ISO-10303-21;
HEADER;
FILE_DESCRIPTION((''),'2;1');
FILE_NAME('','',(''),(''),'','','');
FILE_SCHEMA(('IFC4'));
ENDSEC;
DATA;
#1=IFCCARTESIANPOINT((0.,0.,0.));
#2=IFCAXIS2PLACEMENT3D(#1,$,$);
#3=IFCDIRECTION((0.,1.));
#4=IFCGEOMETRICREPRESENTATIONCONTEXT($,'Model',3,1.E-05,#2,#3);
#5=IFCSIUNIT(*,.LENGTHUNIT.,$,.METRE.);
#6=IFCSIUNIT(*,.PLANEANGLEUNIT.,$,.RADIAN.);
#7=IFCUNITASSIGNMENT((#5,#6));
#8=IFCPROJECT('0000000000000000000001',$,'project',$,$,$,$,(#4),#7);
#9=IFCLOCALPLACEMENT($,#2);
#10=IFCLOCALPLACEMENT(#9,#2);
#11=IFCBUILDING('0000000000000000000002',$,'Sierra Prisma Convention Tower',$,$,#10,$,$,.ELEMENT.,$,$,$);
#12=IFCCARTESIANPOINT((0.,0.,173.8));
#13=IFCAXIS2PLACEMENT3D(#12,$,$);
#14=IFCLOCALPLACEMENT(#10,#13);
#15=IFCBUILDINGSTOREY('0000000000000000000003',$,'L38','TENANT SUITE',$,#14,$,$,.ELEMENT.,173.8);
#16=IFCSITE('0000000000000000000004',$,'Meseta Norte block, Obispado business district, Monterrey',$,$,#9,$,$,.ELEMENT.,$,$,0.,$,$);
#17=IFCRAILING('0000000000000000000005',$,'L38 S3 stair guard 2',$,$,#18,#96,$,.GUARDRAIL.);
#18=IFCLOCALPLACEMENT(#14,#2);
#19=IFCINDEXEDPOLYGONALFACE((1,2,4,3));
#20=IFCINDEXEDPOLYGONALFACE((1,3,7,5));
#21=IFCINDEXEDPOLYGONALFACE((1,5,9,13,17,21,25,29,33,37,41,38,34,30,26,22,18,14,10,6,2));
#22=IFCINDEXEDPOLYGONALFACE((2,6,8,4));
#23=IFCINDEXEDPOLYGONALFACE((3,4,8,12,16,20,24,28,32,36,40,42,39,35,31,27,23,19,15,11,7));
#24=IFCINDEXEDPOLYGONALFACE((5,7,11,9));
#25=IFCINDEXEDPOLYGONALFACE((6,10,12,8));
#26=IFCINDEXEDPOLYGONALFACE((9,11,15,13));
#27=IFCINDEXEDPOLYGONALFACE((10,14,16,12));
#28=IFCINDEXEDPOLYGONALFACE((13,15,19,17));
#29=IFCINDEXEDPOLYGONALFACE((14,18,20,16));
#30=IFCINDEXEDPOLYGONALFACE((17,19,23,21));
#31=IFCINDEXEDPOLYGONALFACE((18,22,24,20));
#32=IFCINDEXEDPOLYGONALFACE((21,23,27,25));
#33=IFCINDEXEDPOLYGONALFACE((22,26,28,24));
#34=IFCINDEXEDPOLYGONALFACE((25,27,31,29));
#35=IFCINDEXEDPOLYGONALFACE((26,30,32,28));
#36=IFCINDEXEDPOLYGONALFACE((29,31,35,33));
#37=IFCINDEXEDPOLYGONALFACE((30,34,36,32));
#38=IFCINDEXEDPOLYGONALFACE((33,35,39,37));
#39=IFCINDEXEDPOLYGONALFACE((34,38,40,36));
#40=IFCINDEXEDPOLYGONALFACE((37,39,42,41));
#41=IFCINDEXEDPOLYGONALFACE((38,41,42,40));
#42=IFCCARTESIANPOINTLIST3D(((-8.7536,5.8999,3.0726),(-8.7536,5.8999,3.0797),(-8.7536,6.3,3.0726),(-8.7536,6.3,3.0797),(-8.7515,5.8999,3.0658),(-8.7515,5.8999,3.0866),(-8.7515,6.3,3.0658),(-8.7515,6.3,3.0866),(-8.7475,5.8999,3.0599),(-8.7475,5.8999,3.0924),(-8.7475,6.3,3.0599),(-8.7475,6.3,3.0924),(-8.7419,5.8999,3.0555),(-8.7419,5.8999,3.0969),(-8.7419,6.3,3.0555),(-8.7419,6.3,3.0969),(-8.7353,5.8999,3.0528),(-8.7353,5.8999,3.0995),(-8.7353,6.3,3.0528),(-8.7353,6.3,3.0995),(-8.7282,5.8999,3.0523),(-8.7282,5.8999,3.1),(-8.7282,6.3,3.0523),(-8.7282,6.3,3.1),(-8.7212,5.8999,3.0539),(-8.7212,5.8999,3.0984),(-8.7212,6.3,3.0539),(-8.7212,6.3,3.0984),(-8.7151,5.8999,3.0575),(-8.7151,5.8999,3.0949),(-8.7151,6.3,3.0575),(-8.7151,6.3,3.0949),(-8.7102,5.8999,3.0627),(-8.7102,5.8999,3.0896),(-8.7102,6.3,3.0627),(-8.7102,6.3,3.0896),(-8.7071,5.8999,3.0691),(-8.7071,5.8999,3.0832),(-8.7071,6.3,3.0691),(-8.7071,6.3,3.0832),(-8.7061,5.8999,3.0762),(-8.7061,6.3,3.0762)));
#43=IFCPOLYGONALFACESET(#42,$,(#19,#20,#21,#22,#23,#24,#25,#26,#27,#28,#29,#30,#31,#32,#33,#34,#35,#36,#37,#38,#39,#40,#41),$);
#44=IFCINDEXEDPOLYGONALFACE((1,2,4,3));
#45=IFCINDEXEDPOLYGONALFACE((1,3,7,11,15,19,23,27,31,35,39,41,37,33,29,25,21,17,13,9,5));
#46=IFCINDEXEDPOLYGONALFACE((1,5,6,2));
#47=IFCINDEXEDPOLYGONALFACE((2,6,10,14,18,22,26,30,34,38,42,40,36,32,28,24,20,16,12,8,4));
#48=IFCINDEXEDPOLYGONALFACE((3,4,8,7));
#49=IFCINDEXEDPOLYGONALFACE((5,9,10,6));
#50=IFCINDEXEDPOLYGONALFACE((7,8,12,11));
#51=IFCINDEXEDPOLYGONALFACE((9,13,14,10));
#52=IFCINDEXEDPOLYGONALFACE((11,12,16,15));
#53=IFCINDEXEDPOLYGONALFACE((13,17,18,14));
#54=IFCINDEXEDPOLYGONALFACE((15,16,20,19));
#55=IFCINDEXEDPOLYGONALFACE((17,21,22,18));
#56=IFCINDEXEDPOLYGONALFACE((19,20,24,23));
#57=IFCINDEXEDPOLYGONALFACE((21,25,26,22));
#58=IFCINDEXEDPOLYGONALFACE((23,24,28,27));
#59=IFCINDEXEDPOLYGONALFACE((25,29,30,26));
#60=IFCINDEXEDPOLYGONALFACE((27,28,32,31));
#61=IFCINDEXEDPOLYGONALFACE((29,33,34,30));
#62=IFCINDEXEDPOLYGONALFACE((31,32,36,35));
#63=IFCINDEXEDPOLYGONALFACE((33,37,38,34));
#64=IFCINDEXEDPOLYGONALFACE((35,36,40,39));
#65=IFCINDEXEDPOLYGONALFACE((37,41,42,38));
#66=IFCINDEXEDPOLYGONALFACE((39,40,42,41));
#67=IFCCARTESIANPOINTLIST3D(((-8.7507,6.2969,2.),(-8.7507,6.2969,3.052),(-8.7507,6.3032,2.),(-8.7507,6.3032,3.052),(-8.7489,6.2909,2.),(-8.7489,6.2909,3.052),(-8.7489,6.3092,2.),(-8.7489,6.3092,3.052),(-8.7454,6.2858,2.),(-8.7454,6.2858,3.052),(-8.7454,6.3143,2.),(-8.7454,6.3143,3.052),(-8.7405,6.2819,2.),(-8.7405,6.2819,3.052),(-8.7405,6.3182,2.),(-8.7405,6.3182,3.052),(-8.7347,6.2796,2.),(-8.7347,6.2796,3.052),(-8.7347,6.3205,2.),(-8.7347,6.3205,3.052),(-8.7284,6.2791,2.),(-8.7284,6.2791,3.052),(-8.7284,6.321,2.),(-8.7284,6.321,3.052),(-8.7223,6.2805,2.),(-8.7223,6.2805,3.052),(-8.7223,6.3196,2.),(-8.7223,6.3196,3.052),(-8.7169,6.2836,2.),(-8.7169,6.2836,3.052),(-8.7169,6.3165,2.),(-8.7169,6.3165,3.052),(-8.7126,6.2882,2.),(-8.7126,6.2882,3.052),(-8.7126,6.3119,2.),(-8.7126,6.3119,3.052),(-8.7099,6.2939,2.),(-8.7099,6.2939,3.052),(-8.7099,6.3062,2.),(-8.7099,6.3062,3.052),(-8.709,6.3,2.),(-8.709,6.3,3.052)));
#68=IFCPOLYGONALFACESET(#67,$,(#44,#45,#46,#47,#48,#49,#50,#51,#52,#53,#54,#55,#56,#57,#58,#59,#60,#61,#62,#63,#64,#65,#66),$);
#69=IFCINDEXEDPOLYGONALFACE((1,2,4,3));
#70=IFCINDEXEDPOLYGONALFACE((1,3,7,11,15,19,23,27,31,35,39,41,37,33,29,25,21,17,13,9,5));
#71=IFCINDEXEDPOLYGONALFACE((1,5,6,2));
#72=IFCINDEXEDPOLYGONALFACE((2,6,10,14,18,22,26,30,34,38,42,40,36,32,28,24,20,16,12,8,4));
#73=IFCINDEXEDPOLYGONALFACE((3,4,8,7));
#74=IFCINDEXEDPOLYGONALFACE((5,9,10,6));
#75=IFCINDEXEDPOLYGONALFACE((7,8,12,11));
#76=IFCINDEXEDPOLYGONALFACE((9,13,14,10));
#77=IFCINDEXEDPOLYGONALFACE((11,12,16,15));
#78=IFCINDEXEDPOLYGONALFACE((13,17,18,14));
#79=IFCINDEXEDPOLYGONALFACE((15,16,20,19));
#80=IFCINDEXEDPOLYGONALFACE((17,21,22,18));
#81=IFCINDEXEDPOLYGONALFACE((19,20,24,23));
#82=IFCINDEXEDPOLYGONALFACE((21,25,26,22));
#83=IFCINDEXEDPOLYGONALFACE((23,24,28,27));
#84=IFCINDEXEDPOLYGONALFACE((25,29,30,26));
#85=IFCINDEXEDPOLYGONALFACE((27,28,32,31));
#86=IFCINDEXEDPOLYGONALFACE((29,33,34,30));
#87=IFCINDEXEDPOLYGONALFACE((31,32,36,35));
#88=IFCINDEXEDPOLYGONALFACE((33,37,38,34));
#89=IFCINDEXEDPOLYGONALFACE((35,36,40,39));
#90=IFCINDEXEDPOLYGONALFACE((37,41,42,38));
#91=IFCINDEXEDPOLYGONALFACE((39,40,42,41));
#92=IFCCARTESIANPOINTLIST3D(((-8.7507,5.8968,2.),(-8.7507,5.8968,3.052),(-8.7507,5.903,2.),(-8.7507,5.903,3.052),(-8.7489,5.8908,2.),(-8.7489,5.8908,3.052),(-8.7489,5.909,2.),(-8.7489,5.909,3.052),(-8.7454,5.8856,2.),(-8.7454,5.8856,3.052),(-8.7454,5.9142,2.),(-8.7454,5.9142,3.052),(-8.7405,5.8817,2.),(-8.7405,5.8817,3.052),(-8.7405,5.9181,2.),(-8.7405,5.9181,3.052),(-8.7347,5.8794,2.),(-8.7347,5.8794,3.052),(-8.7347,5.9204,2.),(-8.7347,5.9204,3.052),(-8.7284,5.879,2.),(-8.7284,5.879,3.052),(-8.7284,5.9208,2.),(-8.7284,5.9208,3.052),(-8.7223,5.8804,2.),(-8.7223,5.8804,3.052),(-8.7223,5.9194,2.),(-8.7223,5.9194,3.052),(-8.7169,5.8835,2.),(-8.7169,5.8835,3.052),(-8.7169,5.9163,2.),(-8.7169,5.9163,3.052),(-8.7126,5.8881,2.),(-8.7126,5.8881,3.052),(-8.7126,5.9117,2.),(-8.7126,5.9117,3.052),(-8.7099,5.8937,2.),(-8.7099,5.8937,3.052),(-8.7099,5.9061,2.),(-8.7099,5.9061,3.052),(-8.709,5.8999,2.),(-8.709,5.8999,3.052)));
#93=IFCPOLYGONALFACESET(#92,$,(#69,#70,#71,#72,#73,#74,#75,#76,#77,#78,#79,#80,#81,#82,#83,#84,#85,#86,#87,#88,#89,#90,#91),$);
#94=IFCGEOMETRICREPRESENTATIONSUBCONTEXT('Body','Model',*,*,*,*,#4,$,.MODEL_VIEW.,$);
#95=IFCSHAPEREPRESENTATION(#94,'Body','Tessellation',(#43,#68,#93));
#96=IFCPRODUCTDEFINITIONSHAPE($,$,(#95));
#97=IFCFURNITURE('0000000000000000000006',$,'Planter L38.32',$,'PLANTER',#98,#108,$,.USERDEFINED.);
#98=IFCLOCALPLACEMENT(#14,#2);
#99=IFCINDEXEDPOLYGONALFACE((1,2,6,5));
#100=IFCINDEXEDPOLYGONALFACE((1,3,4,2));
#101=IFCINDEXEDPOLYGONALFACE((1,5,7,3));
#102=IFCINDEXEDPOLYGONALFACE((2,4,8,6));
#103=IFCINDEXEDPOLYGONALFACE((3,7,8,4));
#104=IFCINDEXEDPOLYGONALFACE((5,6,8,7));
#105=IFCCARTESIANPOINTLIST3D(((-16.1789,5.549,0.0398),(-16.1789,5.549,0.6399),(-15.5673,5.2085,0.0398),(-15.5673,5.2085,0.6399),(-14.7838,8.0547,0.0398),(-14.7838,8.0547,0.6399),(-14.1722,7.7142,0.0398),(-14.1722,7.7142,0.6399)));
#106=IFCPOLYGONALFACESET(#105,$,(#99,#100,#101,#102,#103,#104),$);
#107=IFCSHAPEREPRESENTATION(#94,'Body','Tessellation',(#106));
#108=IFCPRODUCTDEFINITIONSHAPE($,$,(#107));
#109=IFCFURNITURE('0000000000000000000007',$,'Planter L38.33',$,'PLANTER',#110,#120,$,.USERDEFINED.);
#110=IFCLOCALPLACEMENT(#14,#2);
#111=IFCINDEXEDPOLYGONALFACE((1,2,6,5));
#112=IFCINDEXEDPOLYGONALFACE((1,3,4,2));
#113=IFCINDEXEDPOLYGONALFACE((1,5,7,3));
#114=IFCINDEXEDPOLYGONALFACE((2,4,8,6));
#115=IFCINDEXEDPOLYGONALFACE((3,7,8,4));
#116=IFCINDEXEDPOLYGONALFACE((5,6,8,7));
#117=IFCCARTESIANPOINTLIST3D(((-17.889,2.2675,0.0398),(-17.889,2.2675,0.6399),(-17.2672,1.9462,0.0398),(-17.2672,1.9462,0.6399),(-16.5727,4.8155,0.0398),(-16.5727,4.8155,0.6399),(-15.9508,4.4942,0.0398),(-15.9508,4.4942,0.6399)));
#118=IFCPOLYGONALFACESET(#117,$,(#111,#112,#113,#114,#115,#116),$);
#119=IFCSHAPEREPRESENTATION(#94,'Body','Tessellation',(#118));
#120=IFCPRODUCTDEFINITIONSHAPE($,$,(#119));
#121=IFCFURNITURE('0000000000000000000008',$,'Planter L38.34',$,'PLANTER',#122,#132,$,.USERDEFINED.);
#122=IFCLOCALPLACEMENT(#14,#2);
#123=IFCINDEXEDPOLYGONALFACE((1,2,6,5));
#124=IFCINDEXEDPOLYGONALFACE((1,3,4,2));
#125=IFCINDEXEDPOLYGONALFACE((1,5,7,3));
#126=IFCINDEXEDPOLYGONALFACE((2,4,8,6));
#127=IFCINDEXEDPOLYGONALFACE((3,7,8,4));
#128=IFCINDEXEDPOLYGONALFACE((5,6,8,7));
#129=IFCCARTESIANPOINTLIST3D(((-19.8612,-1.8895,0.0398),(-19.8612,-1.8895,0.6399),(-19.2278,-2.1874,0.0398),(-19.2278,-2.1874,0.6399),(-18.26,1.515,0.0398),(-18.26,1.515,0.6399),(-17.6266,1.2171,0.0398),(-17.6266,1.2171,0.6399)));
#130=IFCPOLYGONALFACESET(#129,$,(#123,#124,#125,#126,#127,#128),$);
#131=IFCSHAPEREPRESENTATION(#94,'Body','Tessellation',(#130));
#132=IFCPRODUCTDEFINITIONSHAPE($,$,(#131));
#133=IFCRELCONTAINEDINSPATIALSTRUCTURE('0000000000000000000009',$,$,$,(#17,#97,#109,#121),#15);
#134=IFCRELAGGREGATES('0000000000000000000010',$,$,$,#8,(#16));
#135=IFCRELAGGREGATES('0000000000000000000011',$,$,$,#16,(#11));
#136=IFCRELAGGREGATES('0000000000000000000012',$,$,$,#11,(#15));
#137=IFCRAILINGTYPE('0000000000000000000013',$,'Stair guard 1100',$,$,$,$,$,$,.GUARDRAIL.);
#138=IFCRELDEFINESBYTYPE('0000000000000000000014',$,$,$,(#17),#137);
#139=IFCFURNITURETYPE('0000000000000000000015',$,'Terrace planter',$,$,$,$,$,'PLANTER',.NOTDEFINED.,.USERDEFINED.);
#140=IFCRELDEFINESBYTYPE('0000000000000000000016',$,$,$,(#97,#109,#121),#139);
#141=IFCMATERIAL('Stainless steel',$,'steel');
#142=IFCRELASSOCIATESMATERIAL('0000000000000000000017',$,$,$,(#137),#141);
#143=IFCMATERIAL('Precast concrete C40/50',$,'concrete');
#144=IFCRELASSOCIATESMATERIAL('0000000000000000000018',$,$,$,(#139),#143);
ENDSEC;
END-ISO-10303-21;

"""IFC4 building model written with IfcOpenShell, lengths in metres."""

from ifc_helpers import new_model, si_unit, direction, frame, origin, origin_2d, place, context, subcontext, project, spatial, rectangle, circle, extrude, material, type_object, element, save


model = new_model("IFC4")

# Units and contexts
model_context = context("Model", 3, precision=1e-05, world=origin(), true_north=direction((0.0, 1.0)))
body_context = subcontext(model_context, "Body", "Model", "MODEL_VIEW")
ifc_project = project(units=[si_unit("LENGTHUNIT", "METRE"), si_unit("PLANEANGLEUNIT", "RADIAN")], contexts=[model_context])

# Site, building, storey
site_placement = place(None, origin())
site = spatial("IfcSite", under=ifc_project, at=site_placement, Name="Meseta Norte block, Obispado business district, Monterrey", CompositionType="ELEMENT", RefElevation=0.0)
building_placement = place(site_placement, origin())
building = spatial("IfcBuilding", under=site, at=building_placement, Name="Sierra Prisma Convention Tower", CompositionType="ELEMENT")
storey_placement = place(building_placement, frame((0.0, 0.0, 173.8)))
storey = spatial("IfcBuildingStorey", under=building, at=storey_placement, Name="L38", Description="TENANT SUITE", CompositionType="ELEMENT", Elevation=173.8)

# Railing
ifc_material_1 = material(Name="Stainless steel", Category="steel")
railing_type_1 = type_object("IfcRailingType", Name="Stair guard 1100", PredefinedType="GUARDRAIL", material=ifc_material_1)
railing_1_placement = place(storey_placement, frame((-8.73, 6.3, 2.0)))
element("IfcRailing", 1, at=railing_1_placement, inside=storey, type_object=railing_type_1, Name="L38 S3 stair guard 2", PredefinedType="GUARDRAIL", context=body_context, shape_type="SweptSolid", body=[
    extrude(circle(Radius=0.0239, at=origin_2d()), frame((0.0, 0.0, 1.0762), z_axis=(0.0, -1.0, 0.0), x_axis=(1.0, 0.0, 0.0)), (0.0, 0.0, 1.0), 0.4001),
    extrude(circle(Radius=0.021, at=origin_2d()), origin(), (0.0, 0.0, 1.0), 1.052),
    extrude(circle(Radius=0.021, at=origin_2d()), frame((0.0, -0.4001, 0.0)), (0.0, 0.0, 1.0), 1.052),
])

# Furniture
ifc_material_2 = material(Name="Precast concrete C40/50", Category="concrete")
furniture_type = type_object("IfcFurnitureType", Name="Terrace planter", ElementType="PLANTER", AssemblyPlace="NOTDEFINED", PredefinedType="USERDEFINED", material=ifc_material_2)
for number, where, z_axis, x_axis, name in (
    (2, (-15.1755, 6.6316, 0.0398), (0.0, 0.0, 1.0), (-0.486451, -0.873708, 0.0), "Planter L38.32"),
    (3, (-16.9199, 3.3809, 0.0398), (0.0, 0.0, 1.0), (-0.459003, -0.888435, 0.0), "Planter L38.33"),
):
    element("IfcFurniture", number, at=place(storey_placement, frame(where, z_axis=z_axis, x_axis=x_axis)), inside=storey, type_object=furniture_type, Name=name, ObjectType="PLANTER", PredefinedType="USERDEFINED", context=body_context, shape_type="SweptSolid", body=[
        extrude(rectangle(XDim=2.8679, YDim=0.7, at=origin_2d()), origin(), (0.0, 0.0, 1.0), 0.6001),
    ])
furniture_placement = place(storey_placement, frame((-18.7439, -0.3362, 0.0398), z_axis=(0.0, 0.0, 1.0), x_axis=(-0.42559, -0.904916, 0.0)))
element("IfcFurniture", 4, at=furniture_placement, inside=storey, type_object=furniture_type, Name="Planter L38.34", ObjectType="PLANTER", PredefinedType="USERDEFINED", context=body_context, shape_type="SweptSolid", body=[
    extrude(rectangle(XDim=3.7622, YDim=0.7, at=origin_2d()), origin(), (0.0, 0.0, 1.0), 0.6001),
])

save(model, "model.ifc")
